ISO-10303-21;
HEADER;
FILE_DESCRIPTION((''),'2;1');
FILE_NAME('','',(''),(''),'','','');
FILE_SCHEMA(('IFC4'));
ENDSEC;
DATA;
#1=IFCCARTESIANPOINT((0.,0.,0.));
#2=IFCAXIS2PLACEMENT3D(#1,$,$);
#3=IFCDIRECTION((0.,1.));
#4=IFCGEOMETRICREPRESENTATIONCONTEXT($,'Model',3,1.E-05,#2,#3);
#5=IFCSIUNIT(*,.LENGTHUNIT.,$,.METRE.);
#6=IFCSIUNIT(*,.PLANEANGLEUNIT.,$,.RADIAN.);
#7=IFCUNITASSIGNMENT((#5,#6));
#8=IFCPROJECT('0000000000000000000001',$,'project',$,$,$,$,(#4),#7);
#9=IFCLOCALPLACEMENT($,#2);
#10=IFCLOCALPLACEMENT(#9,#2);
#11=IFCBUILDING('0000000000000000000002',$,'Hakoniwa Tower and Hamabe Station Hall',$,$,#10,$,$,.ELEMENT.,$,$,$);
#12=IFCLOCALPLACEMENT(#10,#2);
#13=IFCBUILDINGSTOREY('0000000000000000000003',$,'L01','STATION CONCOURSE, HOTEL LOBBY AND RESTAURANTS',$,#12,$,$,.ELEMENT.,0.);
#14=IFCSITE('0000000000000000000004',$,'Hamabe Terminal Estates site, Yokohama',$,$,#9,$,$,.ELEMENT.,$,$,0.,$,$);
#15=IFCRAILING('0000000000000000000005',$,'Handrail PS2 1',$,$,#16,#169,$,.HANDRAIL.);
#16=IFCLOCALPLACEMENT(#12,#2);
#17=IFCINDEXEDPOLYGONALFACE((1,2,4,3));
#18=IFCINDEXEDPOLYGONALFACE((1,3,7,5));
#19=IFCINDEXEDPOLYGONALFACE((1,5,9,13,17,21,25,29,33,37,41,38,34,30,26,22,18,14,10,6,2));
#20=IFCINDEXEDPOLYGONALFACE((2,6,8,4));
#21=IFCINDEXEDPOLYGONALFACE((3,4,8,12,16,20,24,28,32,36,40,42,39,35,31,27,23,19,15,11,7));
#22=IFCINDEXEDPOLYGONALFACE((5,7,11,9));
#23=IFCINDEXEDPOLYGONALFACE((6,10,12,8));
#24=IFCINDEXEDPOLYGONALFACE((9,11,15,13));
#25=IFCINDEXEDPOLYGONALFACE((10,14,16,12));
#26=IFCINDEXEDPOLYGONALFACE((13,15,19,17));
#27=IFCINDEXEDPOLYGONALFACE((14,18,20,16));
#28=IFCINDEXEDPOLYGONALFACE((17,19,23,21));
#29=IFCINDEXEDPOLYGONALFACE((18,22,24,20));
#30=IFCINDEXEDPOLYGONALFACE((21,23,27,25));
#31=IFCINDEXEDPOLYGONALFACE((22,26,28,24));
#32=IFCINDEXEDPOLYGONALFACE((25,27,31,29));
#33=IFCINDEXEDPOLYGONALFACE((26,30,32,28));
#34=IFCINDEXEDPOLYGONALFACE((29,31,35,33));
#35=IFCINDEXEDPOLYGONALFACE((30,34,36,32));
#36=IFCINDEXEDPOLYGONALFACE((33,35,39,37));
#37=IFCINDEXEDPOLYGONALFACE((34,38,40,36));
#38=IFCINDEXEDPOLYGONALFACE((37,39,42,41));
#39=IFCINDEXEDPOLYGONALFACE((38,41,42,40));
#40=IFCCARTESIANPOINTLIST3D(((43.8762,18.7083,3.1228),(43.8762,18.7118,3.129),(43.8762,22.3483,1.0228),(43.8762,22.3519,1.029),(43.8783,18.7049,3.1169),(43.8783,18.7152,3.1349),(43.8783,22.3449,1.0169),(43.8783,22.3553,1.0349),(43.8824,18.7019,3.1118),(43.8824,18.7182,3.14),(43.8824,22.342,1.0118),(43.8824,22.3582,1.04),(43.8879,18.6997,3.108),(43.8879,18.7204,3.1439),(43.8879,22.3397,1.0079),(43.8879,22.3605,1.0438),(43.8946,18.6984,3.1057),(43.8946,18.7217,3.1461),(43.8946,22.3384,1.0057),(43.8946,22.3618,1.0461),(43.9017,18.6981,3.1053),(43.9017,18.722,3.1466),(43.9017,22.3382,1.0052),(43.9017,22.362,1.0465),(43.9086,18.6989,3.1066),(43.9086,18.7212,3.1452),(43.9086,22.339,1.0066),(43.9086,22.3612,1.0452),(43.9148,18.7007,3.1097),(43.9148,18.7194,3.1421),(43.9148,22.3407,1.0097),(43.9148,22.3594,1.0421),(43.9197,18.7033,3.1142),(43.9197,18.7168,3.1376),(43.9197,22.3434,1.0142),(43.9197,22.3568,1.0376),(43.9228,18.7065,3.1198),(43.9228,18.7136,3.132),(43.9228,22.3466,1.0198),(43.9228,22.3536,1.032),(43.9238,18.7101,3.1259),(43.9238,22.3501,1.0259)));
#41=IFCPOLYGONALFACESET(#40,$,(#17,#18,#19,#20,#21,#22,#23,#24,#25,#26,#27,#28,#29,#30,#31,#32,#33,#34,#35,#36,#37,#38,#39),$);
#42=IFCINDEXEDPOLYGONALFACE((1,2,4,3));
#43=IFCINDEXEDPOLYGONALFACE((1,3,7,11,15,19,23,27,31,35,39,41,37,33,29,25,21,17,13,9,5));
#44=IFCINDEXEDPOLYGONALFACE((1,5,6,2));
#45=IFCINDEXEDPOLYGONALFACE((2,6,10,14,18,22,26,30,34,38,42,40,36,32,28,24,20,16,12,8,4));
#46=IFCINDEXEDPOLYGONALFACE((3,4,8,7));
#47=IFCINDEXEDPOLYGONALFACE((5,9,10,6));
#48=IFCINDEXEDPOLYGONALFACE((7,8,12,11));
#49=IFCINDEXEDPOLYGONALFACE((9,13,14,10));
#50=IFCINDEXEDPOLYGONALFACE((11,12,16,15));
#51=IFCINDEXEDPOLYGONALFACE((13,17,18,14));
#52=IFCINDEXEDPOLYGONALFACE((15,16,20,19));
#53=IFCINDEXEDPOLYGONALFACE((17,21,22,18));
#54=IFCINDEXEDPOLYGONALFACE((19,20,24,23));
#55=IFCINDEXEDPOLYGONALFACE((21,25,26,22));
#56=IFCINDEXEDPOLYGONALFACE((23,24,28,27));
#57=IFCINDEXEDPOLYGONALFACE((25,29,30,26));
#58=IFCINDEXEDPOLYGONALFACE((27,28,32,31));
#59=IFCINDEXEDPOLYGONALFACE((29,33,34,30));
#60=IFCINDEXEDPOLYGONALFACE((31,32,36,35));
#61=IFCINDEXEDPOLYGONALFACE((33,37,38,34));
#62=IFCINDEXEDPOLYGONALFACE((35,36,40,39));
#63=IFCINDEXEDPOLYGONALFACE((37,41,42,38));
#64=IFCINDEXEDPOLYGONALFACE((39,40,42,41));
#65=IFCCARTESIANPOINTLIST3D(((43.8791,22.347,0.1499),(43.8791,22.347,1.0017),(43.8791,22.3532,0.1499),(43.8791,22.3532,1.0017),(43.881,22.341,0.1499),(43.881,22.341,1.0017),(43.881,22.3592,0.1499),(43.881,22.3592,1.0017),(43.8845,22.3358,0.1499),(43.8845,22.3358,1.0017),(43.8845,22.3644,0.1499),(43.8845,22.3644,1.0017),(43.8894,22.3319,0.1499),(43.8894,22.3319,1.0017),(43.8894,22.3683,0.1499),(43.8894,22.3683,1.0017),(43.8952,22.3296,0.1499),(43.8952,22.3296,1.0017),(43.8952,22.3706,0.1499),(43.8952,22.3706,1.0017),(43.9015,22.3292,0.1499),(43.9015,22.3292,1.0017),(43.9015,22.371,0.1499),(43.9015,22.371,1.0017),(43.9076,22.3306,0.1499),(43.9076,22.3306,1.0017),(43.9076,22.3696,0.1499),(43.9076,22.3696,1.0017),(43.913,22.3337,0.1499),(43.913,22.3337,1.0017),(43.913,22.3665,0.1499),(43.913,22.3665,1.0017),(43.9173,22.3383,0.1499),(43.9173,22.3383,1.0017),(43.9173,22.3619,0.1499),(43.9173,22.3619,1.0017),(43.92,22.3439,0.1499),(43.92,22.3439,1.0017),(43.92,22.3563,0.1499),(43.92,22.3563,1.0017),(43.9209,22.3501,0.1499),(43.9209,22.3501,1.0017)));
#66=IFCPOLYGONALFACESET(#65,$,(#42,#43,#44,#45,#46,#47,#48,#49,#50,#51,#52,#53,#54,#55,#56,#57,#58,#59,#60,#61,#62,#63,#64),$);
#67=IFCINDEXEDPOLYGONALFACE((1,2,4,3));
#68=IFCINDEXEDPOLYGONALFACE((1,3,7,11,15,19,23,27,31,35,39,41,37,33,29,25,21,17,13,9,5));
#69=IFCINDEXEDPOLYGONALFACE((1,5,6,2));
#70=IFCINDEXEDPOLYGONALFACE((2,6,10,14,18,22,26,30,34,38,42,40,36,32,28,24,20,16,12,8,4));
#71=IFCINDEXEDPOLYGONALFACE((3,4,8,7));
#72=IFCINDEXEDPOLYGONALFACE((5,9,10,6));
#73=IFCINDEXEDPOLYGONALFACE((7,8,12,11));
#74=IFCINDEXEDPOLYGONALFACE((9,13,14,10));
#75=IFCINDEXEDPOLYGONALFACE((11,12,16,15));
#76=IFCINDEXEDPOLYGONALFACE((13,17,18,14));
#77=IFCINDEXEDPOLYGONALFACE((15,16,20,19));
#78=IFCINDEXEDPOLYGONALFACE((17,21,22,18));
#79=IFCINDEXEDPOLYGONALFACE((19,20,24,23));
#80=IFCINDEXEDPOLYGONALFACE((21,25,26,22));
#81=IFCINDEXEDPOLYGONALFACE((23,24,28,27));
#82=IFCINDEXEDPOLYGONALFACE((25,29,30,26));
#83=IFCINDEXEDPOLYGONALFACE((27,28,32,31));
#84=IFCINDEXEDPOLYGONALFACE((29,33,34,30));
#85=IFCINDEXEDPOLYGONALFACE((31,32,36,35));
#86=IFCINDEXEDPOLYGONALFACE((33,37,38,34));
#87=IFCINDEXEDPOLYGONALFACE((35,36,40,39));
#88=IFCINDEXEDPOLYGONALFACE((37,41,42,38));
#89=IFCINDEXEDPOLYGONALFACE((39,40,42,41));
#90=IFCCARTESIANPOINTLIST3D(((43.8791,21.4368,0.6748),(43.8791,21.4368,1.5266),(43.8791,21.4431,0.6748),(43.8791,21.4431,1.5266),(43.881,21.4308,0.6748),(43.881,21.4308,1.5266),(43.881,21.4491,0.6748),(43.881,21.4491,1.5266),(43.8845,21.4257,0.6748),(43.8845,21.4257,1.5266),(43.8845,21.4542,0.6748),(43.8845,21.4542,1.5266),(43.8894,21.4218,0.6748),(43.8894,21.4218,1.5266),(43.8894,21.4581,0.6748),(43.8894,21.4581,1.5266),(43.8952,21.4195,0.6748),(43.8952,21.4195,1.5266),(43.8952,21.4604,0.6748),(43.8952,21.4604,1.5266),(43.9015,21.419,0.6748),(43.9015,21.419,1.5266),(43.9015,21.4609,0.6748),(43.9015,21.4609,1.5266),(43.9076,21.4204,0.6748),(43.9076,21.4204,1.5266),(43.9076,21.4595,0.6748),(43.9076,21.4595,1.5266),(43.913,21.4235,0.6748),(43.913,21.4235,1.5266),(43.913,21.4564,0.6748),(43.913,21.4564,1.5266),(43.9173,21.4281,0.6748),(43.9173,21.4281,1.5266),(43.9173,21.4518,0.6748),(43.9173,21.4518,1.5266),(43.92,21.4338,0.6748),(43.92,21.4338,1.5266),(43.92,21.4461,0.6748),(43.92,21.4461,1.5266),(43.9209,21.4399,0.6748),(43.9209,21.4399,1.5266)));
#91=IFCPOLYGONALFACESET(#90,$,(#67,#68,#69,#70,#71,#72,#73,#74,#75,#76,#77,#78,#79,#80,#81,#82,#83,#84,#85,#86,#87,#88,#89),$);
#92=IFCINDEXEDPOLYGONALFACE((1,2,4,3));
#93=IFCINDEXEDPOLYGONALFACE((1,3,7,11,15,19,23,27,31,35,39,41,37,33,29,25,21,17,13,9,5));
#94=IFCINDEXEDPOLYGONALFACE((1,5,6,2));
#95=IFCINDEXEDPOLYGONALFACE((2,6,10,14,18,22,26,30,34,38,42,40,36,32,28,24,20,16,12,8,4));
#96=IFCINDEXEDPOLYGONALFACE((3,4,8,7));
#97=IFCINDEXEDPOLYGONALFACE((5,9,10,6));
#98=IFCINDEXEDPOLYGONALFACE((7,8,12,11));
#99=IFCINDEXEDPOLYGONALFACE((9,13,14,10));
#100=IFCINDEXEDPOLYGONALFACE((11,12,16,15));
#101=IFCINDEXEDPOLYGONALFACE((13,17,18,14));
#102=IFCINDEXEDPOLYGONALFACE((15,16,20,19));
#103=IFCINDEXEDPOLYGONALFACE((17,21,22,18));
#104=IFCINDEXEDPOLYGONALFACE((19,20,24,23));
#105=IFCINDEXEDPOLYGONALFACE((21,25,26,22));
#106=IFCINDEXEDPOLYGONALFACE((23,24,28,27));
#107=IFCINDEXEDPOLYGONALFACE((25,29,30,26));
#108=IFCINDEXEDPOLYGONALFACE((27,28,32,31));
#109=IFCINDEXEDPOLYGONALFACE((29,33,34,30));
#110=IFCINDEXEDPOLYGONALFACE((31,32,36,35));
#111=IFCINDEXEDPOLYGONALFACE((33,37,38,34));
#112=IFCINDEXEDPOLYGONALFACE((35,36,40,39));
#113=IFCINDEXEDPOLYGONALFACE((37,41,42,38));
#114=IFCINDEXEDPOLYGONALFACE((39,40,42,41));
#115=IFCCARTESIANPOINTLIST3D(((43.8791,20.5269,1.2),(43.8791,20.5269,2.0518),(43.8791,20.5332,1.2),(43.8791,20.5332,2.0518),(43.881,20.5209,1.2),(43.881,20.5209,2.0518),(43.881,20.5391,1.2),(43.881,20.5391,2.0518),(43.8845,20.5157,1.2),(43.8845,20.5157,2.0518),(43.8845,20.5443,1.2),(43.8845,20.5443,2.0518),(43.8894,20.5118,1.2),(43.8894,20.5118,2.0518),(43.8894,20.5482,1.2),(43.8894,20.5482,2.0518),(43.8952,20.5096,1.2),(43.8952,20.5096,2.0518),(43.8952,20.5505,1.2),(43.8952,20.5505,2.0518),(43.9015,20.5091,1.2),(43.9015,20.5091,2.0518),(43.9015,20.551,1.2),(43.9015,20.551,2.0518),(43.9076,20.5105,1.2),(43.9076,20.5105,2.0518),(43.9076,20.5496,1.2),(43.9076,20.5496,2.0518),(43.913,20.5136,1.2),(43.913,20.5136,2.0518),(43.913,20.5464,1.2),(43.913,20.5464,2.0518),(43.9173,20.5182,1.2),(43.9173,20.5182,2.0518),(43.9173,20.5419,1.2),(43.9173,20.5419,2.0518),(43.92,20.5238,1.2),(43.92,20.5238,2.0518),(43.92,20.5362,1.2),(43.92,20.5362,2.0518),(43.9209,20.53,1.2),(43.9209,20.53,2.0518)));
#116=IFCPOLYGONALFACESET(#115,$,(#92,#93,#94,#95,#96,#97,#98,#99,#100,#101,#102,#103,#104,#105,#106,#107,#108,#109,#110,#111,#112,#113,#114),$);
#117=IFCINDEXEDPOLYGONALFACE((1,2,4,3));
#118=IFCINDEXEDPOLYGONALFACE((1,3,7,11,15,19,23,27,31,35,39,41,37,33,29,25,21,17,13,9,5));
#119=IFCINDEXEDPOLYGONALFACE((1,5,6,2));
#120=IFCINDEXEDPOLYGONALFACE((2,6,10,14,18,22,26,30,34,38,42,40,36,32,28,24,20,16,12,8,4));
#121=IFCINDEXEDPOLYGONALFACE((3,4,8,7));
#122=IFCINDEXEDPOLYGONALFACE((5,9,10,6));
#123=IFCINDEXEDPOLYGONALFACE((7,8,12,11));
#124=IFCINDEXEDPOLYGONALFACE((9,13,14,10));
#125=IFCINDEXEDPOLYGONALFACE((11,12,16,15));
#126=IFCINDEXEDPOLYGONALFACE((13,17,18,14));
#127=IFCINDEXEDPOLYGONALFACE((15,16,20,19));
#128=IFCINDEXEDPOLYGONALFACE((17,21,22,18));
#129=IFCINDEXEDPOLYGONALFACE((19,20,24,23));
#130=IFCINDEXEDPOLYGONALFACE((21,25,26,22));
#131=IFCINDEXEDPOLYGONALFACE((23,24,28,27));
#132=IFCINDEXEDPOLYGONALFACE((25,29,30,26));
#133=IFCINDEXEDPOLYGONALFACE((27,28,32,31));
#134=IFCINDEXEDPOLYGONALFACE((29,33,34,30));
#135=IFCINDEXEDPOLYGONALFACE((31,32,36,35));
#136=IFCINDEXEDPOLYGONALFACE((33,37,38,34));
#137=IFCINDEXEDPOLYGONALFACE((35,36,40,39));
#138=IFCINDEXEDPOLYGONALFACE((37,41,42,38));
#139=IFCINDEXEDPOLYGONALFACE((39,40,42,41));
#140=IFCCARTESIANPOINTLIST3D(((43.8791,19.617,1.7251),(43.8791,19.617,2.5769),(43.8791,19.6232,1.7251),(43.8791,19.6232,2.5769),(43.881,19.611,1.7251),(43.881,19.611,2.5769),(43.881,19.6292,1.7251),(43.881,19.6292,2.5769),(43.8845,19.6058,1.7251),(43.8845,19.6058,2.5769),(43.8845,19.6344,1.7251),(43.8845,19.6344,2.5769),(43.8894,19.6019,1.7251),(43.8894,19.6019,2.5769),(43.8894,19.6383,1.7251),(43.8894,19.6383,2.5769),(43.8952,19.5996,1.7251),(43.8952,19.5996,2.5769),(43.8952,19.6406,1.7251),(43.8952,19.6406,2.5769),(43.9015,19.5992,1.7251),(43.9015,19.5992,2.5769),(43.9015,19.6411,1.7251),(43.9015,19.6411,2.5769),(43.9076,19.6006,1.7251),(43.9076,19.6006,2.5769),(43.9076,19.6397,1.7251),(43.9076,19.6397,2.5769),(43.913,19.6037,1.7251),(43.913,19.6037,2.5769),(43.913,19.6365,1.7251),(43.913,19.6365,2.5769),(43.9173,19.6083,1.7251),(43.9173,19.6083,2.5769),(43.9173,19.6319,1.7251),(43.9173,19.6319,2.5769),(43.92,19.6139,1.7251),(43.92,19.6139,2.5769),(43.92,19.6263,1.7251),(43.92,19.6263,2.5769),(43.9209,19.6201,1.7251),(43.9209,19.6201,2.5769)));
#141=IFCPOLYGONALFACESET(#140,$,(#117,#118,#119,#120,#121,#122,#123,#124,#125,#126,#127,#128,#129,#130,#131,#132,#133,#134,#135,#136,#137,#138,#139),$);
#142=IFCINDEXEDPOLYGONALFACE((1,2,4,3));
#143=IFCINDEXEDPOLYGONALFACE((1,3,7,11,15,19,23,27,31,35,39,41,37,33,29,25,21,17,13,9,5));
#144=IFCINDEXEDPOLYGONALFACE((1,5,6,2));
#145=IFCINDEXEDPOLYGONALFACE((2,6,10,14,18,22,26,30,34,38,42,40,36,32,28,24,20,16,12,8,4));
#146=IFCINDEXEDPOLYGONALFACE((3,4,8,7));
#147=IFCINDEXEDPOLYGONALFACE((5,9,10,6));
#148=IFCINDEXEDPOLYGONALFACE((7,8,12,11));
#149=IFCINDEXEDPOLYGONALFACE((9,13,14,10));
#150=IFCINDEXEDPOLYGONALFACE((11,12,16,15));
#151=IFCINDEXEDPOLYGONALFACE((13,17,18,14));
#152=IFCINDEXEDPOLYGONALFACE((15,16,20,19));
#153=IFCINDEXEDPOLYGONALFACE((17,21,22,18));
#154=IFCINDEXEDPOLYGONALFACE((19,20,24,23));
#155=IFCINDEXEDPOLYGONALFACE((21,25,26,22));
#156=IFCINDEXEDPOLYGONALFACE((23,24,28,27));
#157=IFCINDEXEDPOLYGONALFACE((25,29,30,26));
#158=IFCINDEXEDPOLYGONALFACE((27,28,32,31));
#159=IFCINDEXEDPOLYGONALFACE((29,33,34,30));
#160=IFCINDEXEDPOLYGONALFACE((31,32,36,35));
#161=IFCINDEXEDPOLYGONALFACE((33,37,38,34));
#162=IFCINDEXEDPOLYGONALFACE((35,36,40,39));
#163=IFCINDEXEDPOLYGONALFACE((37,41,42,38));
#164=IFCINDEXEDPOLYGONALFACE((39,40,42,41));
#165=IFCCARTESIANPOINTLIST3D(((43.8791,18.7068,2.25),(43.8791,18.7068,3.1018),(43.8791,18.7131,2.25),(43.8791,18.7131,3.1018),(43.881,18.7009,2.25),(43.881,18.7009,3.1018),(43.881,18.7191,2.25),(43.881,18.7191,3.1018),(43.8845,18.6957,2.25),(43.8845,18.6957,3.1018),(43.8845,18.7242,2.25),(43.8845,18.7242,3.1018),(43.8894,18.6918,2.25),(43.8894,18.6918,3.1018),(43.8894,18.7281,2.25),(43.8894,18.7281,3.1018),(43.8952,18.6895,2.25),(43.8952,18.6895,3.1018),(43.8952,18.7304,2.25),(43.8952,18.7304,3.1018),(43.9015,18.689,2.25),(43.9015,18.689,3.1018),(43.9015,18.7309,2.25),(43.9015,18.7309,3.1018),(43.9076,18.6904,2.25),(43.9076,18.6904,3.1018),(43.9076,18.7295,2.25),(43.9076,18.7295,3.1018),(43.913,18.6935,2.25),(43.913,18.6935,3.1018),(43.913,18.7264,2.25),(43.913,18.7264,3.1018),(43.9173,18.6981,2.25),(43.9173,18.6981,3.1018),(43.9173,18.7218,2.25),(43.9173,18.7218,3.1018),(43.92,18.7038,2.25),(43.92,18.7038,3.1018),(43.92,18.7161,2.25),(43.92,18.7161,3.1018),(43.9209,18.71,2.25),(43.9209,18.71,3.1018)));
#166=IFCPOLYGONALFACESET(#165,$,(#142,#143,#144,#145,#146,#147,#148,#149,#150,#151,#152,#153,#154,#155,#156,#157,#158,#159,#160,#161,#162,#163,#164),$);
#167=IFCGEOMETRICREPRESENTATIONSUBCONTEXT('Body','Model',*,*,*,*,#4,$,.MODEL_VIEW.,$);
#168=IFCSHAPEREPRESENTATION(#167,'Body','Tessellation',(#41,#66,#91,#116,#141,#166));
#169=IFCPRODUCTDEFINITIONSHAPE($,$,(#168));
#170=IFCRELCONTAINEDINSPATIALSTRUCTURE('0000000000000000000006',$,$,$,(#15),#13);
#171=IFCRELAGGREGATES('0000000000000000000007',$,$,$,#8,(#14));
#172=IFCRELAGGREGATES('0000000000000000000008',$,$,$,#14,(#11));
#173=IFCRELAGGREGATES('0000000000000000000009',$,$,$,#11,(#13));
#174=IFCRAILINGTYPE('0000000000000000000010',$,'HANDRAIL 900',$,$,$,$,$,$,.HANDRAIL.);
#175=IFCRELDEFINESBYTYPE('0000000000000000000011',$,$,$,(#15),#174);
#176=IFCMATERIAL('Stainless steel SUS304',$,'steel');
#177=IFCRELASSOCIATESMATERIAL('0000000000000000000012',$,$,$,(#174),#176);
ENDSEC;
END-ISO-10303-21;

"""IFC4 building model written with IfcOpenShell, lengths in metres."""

from ifc_helpers import new_model, si_unit, direction, frame, origin, origin_2d, place, context, subcontext, project, spatial, circle, extrude, material, type_object, element, save


model = new_model("IFC4")

# Units and contexts
model_context = context("Model", 3, precision=1e-05, world=origin(), true_north=direction((0.0, 1.0)))
body_context = subcontext(model_context, "Body", "Model", "MODEL_VIEW")
ifc_project = project(units=[si_unit("LENGTHUNIT", "METRE"), si_unit("PLANEANGLEUNIT", "RADIAN")], contexts=[model_context])

# Site, building, storey
site_placement = place(None, origin())
site = spatial("IfcSite", under=ifc_project, at=site_placement, Name="Hamabe Terminal Estates site, Yokohama", CompositionType="ELEMENT", RefElevation=0.0)
building_placement = place(site_placement, origin())
building = spatial("IfcBuilding", under=site, at=building_placement, Name="Hakoniwa Tower and Hamabe Station Hall", CompositionType="ELEMENT")
storey_placement = place(building_placement, origin())
storey = spatial("IfcBuildingStorey", under=building, at=storey_placement, Name="L01", Description="STATION CONCOURSE, HOTEL LOBBY AND RESTAURANTS", CompositionType="ELEMENT", Elevation=0.0)

# Railing
ifc_material_1 = material(Name="Stainless steel SUS304", Category="steel")
railing_type_1 = type_object("IfcRailingType", Name="HANDRAIL 900", PredefinedType="HANDRAIL", material=ifc_material_1)
for number, where, name in (
    (1, (43.8999, 22.3501, 0.1499), "Handrail PS2 1"),
):
    element("IfcRailing", number, at=place(storey_placement, frame(where)), inside=storey, type_object=railing_type_1, Name=name, PredefinedType="HANDRAIL", context=body_context, shape_type="SweptSolid", body=[
        extrude(circle(Radius=0.0239, at=origin_2d()), frame((0.0, 0.0, 0.876), z_axis=(0.0, -0.866184, 0.499726), x_axis=(1.0, 0.0, 0.0)), (0.0, 0.0, 1.0), 4.2024),
        extrude(circle(Radius=0.021, at=origin_2d()), origin(), (0.0, 0.0, 1.0), 0.8518),
        extrude(circle(Radius=0.021, at=origin_2d()), frame((0.0, -0.9102, 0.5249)), (0.0, 0.0, 1.0), 0.8518),
        extrude(circle(Radius=0.021, at=origin_2d()), frame((0.0, -1.8201, 1.05)), (0.0, 0.0, 1.0), 0.8518),
        extrude(circle(Radius=0.021, at=origin_2d()), frame((0.0, -2.73, 1.5752)), (0.0, 0.0, 1.0), 0.8518),
        extrude(circle(Radius=0.021, at=origin_2d()), frame((0.0, -3.6401, 2.1001)), (0.0, 0.0, 1.0), 0.8518),
    ])

save(model, "model.ifc")
